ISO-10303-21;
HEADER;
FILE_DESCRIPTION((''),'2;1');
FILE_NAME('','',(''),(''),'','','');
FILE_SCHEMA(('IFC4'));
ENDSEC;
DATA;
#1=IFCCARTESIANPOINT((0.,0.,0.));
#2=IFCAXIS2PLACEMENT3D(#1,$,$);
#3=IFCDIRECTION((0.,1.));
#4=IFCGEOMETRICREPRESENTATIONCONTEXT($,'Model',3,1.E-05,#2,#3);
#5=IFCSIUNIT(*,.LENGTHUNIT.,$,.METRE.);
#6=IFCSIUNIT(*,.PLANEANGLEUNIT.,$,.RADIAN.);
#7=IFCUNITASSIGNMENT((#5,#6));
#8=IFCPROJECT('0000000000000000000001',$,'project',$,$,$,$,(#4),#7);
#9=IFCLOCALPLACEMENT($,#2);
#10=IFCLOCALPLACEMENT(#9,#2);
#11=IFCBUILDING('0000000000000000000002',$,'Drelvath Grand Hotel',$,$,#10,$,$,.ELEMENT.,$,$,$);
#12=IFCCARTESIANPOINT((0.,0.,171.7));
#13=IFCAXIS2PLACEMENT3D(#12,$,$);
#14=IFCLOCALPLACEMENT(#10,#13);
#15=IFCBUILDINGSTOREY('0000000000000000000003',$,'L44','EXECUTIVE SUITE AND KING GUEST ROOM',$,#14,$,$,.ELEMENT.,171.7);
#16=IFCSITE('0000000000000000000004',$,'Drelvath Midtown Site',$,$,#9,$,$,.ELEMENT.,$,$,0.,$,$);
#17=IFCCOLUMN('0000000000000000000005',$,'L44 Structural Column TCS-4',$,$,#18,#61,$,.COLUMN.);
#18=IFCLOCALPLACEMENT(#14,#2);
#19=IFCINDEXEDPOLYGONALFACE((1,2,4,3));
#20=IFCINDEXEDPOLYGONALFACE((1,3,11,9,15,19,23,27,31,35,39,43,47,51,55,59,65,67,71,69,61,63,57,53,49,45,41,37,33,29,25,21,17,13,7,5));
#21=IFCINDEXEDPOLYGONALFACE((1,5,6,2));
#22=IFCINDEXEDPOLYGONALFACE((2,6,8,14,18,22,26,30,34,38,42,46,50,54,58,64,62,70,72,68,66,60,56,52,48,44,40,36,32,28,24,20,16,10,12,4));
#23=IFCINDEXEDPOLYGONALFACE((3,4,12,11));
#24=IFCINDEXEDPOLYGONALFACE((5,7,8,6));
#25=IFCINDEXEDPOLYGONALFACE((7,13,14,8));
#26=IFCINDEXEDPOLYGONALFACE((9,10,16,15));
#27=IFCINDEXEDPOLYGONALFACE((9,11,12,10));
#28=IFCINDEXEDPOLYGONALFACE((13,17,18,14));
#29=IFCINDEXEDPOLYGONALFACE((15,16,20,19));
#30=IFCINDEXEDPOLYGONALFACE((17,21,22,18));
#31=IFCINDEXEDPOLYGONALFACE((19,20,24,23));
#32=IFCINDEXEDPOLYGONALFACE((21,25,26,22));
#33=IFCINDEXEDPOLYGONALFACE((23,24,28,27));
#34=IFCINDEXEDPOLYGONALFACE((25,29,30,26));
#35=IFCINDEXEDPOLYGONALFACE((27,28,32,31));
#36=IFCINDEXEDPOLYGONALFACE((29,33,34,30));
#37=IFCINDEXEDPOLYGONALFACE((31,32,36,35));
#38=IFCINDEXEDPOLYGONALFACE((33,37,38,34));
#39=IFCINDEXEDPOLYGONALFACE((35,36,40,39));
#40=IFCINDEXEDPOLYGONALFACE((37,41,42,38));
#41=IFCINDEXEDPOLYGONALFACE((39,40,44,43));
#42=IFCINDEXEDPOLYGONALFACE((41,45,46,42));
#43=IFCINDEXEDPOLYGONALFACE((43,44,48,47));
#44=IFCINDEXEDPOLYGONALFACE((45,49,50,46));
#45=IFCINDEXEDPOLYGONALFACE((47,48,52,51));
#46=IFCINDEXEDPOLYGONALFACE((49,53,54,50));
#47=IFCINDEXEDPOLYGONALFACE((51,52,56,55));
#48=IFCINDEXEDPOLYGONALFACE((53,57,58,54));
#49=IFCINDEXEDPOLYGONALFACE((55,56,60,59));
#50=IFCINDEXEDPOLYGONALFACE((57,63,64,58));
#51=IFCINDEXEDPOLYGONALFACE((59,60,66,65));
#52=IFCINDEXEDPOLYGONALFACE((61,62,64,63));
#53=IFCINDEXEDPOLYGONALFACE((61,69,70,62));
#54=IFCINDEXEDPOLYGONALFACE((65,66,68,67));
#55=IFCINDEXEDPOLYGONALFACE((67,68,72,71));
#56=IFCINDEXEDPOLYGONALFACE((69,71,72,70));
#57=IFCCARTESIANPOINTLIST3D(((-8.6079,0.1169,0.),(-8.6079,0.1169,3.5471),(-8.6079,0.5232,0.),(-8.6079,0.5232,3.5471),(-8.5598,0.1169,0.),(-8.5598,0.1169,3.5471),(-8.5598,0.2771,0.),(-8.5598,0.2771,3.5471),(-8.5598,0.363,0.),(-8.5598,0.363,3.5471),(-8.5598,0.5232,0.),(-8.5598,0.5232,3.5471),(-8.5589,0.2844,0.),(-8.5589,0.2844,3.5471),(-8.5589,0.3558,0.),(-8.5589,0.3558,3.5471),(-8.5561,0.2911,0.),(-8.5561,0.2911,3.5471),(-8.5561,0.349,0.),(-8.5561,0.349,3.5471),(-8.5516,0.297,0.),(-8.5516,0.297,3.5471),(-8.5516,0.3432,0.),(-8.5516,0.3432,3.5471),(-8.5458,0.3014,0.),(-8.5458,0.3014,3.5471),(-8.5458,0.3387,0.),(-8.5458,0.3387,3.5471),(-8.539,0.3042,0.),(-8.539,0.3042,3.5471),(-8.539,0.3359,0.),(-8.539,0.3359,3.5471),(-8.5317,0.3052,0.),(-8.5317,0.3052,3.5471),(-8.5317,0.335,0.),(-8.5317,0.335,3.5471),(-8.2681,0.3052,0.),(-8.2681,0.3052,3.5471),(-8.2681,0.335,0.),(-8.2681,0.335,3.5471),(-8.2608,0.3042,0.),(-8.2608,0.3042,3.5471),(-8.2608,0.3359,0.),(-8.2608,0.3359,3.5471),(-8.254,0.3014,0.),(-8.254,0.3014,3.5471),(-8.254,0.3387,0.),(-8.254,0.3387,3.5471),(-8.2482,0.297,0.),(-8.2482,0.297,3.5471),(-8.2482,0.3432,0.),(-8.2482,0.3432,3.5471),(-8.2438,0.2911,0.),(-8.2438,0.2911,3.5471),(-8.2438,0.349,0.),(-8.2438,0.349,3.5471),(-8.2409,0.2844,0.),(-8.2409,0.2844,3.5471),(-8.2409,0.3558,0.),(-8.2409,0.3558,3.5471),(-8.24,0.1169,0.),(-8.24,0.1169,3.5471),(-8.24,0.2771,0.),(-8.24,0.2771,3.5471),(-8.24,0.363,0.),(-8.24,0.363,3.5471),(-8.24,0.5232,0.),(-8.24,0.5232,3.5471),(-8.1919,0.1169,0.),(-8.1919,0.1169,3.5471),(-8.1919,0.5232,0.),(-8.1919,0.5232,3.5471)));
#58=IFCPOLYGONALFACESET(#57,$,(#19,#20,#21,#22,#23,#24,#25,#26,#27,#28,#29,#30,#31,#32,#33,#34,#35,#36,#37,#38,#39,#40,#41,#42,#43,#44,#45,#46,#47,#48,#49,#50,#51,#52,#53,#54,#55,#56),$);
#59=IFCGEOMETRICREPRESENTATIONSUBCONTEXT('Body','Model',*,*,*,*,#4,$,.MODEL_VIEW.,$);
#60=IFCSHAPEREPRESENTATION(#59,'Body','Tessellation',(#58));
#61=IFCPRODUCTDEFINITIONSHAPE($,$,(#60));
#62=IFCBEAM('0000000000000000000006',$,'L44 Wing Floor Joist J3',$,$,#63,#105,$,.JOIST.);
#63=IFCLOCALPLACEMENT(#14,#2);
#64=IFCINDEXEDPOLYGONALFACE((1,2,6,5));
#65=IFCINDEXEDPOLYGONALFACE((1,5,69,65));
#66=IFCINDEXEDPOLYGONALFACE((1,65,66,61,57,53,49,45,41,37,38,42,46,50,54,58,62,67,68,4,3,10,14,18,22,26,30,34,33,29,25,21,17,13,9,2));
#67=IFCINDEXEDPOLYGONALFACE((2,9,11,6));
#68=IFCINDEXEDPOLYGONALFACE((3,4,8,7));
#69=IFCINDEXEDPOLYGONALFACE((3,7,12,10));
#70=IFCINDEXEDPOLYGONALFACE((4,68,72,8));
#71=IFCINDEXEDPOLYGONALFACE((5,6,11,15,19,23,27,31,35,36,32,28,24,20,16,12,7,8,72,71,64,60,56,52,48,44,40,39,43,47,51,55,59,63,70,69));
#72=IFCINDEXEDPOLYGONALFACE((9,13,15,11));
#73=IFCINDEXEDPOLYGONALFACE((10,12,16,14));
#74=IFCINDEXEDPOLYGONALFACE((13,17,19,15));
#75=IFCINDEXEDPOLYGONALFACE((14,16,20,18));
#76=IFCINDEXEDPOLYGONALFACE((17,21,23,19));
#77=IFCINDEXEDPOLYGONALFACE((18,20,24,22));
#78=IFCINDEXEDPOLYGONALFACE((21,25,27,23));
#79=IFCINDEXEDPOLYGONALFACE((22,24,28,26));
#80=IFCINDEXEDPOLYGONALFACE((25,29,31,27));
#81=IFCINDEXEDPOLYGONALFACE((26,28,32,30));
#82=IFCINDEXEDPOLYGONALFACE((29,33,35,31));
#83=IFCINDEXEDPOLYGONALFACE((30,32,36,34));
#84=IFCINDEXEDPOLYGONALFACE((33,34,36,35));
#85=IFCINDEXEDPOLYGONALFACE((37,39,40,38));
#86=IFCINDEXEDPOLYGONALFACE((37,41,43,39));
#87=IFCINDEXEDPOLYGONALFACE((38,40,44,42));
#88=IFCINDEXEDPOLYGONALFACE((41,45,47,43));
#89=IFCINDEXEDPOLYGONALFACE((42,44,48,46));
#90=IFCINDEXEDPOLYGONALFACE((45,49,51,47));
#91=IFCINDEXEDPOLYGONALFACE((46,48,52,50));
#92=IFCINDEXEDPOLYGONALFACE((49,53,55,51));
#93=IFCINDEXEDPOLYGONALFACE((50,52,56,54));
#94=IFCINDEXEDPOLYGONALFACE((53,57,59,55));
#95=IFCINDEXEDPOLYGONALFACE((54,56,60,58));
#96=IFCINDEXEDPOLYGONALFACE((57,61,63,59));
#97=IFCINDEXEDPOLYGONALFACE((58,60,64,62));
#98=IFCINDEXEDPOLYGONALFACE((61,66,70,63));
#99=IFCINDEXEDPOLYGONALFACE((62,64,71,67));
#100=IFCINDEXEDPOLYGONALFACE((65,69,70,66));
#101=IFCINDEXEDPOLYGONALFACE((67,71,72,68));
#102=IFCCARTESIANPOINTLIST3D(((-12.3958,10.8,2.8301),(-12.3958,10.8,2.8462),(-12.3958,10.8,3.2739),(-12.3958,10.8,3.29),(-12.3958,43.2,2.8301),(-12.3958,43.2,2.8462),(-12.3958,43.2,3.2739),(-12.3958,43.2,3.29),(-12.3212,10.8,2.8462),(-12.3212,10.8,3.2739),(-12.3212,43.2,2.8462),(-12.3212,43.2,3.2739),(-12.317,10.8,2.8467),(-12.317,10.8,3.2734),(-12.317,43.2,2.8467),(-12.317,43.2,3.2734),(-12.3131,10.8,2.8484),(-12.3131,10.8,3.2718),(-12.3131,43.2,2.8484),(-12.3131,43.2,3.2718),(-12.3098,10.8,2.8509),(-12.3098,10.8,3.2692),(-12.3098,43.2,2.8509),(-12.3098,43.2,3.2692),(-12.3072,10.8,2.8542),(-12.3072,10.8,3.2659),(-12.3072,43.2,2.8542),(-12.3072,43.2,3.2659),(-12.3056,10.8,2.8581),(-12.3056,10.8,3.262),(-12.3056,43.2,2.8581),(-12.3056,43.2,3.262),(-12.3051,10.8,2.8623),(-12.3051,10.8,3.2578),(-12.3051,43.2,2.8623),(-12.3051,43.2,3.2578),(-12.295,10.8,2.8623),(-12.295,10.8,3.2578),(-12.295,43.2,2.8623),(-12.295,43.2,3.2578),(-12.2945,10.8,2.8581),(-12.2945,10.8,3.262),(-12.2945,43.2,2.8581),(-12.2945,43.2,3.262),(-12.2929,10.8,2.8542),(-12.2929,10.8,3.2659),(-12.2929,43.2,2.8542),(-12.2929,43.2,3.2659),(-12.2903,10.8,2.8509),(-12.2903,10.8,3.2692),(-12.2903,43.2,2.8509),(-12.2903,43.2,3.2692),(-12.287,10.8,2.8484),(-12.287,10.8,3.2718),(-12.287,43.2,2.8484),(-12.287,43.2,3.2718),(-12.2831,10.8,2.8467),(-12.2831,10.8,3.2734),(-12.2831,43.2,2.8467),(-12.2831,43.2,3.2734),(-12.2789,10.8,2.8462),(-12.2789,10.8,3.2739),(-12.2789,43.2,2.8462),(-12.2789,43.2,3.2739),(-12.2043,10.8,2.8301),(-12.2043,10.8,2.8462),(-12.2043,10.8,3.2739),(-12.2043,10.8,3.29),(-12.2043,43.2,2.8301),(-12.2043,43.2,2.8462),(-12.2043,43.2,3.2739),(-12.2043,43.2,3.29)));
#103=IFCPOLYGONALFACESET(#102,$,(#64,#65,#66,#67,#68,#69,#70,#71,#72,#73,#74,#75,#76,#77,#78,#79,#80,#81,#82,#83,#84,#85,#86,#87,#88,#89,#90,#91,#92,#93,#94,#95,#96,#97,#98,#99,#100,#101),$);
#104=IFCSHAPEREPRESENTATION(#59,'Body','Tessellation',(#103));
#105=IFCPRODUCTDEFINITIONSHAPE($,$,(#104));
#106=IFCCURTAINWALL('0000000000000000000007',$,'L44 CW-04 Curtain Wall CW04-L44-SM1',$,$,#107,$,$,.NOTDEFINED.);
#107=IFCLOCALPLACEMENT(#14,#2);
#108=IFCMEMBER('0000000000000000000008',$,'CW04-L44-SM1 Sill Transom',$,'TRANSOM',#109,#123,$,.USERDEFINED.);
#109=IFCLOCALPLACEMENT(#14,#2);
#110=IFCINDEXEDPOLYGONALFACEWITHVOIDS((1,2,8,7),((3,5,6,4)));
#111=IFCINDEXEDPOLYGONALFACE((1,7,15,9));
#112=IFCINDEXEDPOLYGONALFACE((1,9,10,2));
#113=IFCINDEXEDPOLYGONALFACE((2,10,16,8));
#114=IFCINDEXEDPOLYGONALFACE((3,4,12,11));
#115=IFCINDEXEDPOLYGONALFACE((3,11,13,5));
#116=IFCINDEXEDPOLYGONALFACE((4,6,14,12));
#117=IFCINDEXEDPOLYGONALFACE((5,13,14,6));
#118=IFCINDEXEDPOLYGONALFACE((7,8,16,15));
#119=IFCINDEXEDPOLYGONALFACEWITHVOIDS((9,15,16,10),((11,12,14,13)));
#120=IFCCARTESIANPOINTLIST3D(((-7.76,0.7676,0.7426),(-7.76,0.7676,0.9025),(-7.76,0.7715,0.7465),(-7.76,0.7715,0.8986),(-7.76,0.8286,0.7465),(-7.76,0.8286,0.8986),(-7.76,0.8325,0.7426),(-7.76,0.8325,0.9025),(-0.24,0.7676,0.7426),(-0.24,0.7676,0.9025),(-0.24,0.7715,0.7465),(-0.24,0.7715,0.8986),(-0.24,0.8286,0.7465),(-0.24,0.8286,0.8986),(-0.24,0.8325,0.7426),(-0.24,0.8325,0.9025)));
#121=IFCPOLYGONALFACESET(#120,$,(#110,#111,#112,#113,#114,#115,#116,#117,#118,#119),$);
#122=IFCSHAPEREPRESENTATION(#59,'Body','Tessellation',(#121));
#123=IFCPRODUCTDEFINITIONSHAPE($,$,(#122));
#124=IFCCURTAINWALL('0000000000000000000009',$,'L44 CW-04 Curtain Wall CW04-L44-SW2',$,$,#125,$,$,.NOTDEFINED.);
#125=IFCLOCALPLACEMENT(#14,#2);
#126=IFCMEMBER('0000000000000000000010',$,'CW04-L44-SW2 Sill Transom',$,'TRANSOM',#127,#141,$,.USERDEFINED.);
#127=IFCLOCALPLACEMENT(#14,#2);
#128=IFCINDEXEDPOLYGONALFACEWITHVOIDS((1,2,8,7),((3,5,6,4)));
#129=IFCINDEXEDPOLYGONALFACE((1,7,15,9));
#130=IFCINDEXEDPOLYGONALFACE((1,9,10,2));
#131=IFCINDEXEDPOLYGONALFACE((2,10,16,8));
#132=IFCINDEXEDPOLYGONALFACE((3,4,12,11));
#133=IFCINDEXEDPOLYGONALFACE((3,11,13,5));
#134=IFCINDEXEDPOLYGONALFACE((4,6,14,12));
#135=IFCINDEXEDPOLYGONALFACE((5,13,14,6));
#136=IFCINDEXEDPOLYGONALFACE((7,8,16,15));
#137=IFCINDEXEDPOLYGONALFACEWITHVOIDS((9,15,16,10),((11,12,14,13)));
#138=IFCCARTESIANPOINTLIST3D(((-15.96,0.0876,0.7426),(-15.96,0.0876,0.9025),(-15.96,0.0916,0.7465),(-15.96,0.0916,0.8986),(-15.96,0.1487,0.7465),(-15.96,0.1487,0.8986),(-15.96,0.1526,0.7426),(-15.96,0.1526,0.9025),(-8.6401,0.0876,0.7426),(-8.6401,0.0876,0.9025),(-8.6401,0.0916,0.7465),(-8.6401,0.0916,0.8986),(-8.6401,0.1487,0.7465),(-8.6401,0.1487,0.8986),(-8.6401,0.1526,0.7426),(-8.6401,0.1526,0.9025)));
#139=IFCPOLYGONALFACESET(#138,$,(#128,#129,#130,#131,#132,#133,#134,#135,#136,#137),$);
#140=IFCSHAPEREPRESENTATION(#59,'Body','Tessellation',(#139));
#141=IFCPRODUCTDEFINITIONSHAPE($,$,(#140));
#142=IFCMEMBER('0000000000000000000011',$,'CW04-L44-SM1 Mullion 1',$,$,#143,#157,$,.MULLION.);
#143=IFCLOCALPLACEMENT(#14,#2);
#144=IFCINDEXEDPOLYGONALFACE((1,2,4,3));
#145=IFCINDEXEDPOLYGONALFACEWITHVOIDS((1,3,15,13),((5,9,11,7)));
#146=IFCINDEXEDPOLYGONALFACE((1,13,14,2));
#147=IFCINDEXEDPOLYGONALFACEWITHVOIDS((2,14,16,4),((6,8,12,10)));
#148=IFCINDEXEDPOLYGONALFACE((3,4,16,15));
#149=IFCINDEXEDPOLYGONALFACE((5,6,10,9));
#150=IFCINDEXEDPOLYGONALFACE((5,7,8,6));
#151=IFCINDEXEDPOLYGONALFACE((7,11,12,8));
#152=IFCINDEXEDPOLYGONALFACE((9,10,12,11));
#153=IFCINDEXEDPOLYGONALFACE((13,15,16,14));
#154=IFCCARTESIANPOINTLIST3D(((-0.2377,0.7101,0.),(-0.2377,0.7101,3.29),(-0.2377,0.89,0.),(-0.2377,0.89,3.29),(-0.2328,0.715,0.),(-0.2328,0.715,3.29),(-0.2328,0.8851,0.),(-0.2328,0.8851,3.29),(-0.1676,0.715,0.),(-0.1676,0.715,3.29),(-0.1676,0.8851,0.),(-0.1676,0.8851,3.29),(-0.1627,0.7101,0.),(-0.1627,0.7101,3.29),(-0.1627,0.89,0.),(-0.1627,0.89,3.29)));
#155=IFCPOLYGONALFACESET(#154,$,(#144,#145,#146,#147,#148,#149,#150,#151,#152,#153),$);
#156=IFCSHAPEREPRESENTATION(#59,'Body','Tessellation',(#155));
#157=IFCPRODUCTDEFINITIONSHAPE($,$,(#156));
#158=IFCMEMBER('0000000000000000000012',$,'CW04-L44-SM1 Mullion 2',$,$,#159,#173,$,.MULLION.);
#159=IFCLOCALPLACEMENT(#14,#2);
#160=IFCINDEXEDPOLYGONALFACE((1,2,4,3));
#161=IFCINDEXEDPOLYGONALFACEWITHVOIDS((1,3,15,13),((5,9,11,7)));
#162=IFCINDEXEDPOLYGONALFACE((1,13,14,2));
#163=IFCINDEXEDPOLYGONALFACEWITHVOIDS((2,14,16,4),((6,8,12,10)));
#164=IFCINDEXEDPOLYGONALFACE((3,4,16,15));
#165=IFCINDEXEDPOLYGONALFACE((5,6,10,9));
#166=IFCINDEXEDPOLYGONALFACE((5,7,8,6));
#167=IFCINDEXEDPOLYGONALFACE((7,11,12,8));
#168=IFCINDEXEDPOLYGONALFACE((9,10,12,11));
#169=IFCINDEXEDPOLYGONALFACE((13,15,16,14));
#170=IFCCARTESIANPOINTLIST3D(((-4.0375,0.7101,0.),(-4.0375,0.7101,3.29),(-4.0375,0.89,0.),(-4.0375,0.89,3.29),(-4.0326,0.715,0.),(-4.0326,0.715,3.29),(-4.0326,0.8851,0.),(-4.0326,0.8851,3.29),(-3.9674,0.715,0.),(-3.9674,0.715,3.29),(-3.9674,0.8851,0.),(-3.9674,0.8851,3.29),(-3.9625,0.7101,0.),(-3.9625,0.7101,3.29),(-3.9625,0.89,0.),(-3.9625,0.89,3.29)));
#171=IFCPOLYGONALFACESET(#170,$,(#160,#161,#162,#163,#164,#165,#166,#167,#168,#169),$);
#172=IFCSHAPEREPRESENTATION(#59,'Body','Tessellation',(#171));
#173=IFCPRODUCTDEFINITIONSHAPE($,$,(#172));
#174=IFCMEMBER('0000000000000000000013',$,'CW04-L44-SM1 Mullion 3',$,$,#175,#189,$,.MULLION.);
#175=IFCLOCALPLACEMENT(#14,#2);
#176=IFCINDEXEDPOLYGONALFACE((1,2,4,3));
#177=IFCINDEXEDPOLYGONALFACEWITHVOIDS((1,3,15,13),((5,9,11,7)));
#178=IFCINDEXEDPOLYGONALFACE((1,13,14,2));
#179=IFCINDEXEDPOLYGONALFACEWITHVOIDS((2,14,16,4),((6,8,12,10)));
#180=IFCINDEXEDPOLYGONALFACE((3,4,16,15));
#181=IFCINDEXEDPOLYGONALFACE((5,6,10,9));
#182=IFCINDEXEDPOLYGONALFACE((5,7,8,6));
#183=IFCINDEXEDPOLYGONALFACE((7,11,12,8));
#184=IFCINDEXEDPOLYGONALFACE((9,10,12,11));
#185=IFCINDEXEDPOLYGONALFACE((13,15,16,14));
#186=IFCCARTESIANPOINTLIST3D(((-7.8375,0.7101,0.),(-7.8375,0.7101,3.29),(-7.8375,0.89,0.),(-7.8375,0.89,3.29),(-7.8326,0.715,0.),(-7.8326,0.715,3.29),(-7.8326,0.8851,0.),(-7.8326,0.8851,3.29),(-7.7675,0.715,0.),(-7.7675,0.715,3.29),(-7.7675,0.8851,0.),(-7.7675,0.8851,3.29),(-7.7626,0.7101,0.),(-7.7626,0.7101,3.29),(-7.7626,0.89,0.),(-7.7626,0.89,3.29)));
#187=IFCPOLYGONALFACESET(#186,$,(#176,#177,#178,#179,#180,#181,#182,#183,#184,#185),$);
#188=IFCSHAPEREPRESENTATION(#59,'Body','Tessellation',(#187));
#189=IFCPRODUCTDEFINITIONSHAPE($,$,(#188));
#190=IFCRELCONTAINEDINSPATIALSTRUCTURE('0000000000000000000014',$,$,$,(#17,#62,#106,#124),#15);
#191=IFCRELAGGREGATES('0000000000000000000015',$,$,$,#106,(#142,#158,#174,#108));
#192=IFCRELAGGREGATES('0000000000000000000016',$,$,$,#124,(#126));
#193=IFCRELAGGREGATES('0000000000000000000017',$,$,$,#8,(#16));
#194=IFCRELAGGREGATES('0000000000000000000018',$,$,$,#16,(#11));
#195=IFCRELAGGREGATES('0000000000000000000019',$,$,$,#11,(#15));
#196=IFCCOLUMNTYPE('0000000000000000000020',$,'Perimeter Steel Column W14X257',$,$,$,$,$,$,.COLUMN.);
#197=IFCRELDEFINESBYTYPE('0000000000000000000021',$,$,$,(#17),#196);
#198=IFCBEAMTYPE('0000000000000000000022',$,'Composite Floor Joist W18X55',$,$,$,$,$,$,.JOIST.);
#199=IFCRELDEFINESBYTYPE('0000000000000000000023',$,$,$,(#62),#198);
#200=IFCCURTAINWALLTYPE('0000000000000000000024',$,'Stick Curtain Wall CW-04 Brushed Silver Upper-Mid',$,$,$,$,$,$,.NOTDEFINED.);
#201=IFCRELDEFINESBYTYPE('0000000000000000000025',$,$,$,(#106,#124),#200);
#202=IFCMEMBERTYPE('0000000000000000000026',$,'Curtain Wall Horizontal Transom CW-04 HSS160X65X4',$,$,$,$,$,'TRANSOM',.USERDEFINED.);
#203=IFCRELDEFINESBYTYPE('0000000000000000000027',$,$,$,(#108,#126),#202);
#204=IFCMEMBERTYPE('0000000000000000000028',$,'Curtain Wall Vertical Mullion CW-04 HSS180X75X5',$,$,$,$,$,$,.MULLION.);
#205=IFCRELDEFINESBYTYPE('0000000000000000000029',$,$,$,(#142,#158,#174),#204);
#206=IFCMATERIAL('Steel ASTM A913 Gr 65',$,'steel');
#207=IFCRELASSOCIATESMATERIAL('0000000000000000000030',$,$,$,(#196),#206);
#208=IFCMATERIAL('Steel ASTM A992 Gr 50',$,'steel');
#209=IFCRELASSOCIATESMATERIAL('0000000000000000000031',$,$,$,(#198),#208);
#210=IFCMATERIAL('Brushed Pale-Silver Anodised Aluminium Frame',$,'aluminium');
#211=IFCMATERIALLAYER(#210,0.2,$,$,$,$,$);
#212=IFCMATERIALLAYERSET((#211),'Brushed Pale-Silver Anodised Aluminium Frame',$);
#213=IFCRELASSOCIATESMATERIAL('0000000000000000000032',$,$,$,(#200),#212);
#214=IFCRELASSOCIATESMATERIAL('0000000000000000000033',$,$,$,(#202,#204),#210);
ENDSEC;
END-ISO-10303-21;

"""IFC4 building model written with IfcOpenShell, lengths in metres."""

from ifc_helpers import new_model, si_unit, direction, frame, origin, origin_2d, place, context, subcontext, project, spatial, hollow_rectangle, i_section, extrude, material, layer, layer_set, material_profile, profile_set, type_object, element, aggregate, save


model = new_model("IFC4")

# Units and contexts
model_context = context("Model", 3, precision=1e-05, world=origin(), true_north=direction((0.0, 1.0)))
body_context = subcontext(model_context, "Body", "Model", "MODEL_VIEW")
ifc_project = project(units=[si_unit("LENGTHUNIT", "METRE"), si_unit("PLANEANGLEUNIT", "RADIAN")], contexts=[model_context])

# Site, building, storey
site_placement = place(None, origin())
site = spatial("IfcSite", under=ifc_project, at=site_placement, Name="Drelvath Midtown Site", CompositionType="ELEMENT", RefElevation=0.0)
building_placement = place(site_placement, origin())
building = spatial("IfcBuilding", under=site, at=building_placement, Name="Drelvath Grand Hotel", CompositionType="ELEMENT")
storey_placement = place(building_placement, frame((0.0, 0.0, 171.7)))
storey = spatial("IfcBuildingStorey", under=building, at=storey_placement, Name="L44", Description="EXECUTIVE SUITE AND KING GUEST ROOM", CompositionType="ELEMENT", Elevation=171.7)

# Column
ifc_material_1 = material(Name="Steel ASTM A913 Gr 65", Category="steel")
ifc_material_profile_1 = material_profile(ifc_material_1, i_section(OverallWidth=0.4062, OverallDepth=0.416, WebThickness=0.0298, FlangeThickness=0.0481, FilletRadius=0.0281, at=origin_2d()), Name="W14X257")
ifc_profile_set_1 = profile_set([ifc_material_profile_1], Name="Steel ASTM A913 Gr 65")
column_type = type_object("IfcColumnType", Name="Perimeter Steel Column W14X257", PredefinedType="COLUMN", material=ifc_profile_set_1)
column_placement = place(storey_placement, frame((-8.3999, 0.3201, 0.0), z_axis=(0.0, 0.0, 1.0), x_axis=(0.0, 1.0, 0.0)))
element("IfcColumn", 1, at=column_placement, inside=storey, type_object=column_type, Name="L44 Structural Column TCS-4", PredefinedType="COLUMN", context=body_context, shape_type="SweptSolid", body=[
    extrude(i_section(OverallWidth=0.4062, OverallDepth=0.416, WebThickness=0.0298, FlangeThickness=0.0481, FilletRadius=0.0281, at=origin_2d()), origin(), (0.0, 0.0, 1.0), 3.5471),
])

# Beam
ifc_material_2 = material(Name="Steel ASTM A992 Gr 50", Category="steel")
ifc_material_profile_2 = material_profile(ifc_material_2, i_section(OverallWidth=0.1914, OverallDepth=0.46, WebThickness=0.01, FlangeThickness=0.0161, FilletRadius=0.0161, at=origin_2d()), Name="W18X55")
ifc_profile_set_2 = profile_set([ifc_material_profile_2], Name="Steel ASTM A992 Gr 50")
beam_type_1 = type_object("IfcBeamType", Name="Composite Floor Joist W18X55", PredefinedType="JOIST", material=ifc_profile_set_2)
beam_1_placement = place(storey_placement, frame((-12.3, 10.8, 3.0601), z_axis=(0.0, 1.0, 0.0), x_axis=(-1.0, 0.0, 0.0)))
element("IfcBeam", 2, at=beam_1_placement, inside=storey, type_object=beam_type_1, Name="L44 Wing Floor Joist J3", PredefinedType="JOIST", context=body_context, shape_type="SweptSolid", body=[
    extrude(i_section(OverallWidth=0.1914, OverallDepth=0.46, WebThickness=0.01, FlangeThickness=0.0161, FilletRadius=0.0161, at=origin_2d()), origin(), (0.0, 0.0, 1.0), 32.3999),
])

# Curtain walls, members
ifc_material_3 = material(Name="Brushed Pale-Silver Anodised Aluminium Frame", Category="aluminium")
ifc_layer_1 = layer(ifc_material_3, 0.2)
ifc_layer_set_1 = layer_set([ifc_layer_1], Name="Brushed Pale-Silver Anodised Aluminium Frame")
curtain_wall_type = type_object("IfcCurtainWallType", Name="Stick Curtain Wall CW-04 Brushed Silver Upper-Mid", PredefinedType="NOTDEFINED", material=ifc_layer_set_1)
curtain_wall_1_placement = place(storey_placement, origin())
curtain_wall_1 = element("IfcCurtainWall", 3, at=curtain_wall_1_placement, inside=storey, type_object=curtain_wall_type, Name="L44 CW-04 Curtain Wall CW04-L44-SM1", PredefinedType="NOTDEFINED")
ifc_material_profile_3 = material_profile(ifc_material_3, hollow_rectangle(XDim=0.0649, YDim=0.1599, WallThickness=0.0039, at=origin_2d()), Name="HSS160X65X4")
ifc_profile_set_3 = profile_set([ifc_material_profile_3], Name="Brushed Pale-Silver Anodised Aluminium Frame")
member_type_1 = type_object("IfcMemberType", Name="Curtain Wall Horizontal Transom CW-04 HSS160X65X4", ElementType="TRANSOM", PredefinedType="USERDEFINED", material=ifc_profile_set_3)
member_1_placement = place(storey_placement, frame((-0.24, 0.8, 0.8225), z_axis=(-1.0, 0.0, 0.0), x_axis=(0.0, -1.0, 0.0)))
member_1 = element("IfcMember", 4, at=member_1_placement, type_object=member_type_1, Name="CW04-L44-SM1 Sill Transom", ObjectType="TRANSOM", PredefinedType="USERDEFINED", context=body_context, shape_type="SweptSolid", body=[
    extrude(hollow_rectangle(XDim=0.0649, YDim=0.1599, WallThickness=0.0039, at=origin_2d()), origin(), (0.0, 0.0, 1.0), 7.52),
])
curtain_wall_2_placement = place(storey_placement, origin())
curtain_wall_2 = element("IfcCurtainWall", 5, at=curtain_wall_2_placement, inside=storey, type_object=curtain_wall_type, Name="L44 CW-04 Curtain Wall CW04-L44-SW2", PredefinedType="NOTDEFINED")
member_2_placement = place(storey_placement, frame((-8.6401, 0.1201, 0.8225), z_axis=(-1.0, 0.0, 0.0), x_axis=(0.0, -1.0, 0.0)))
member_2 = element("IfcMember", 6, at=member_2_placement, type_object=member_type_1, Name="CW04-L44-SW2 Sill Transom", ObjectType="TRANSOM", PredefinedType="USERDEFINED", context=body_context, shape_type="SweptSolid", body=[
    extrude(hollow_rectangle(XDim=0.0649, YDim=0.1599, WallThickness=0.0039, at=origin_2d()), origin(), (0.0, 0.0, 1.0), 7.3198),
])

# Members
ifc_material_profile_4 = material_profile(ifc_material_3, hollow_rectangle(XDim=0.075, YDim=0.1799, WallThickness=0.0049, at=origin_2d()), Name="HSS180X75X5")
ifc_profile_set_4 = profile_set([ifc_material_profile_4], Name="Brushed Pale-Silver Anodised Aluminium Frame")
member_type_2 = type_object("IfcMemberType", Name="Curtain Wall Vertical Mullion CW-04 HSS180X75X5", PredefinedType="MULLION", material=ifc_profile_set_4)
member_3_placement = place(storey_placement, frame((-0.2002, 0.8, 0.0), z_axis=(0.0, 0.0, 1.0), x_axis=(1.0, 0.0, 0.0)))
member_3 = element("IfcMember", 7, at=member_3_placement, type_object=member_type_2, Name="CW04-L44-SM1 Mullion 1", PredefinedType="MULLION", context=body_context, shape_type="SweptSolid", body=[
    extrude(hollow_rectangle(XDim=0.075, YDim=0.1799, WallThickness=0.0049, at=origin_2d()), origin(), (0.0, 0.0, 1.0), 3.29),
])
member_4_placement = place(storey_placement, frame((-4.0, 0.8, 0.0), z_axis=(0.0, 0.0, 1.0), x_axis=(1.0, 0.0, 0.0)))
member_4 = element("IfcMember", 8, at=member_4_placement, type_object=member_type_2, Name="CW04-L44-SM1 Mullion 2", PredefinedType="MULLION", context=body_context, shape_type="SweptSolid", body=[
    extrude(hollow_rectangle(XDim=0.075, YDim=0.1799, WallThickness=0.0049, at=origin_2d()), origin(), (0.0, 0.0, 1.0), 3.29),
])
member_5_placement = place(storey_placement, frame((-7.8, 0.8, 0.0), z_axis=(0.0, 0.0, 1.0), x_axis=(1.0, 0.0, 0.0)))
member_5 = element("IfcMember", 9, at=member_5_placement, type_object=member_type_2, Name="CW04-L44-SM1 Mullion 3", PredefinedType="MULLION", context=body_context, shape_type="SweptSolid", body=[
    extrude(hollow_rectangle(XDim=0.075, YDim=0.1799, WallThickness=0.0049, at=origin_2d()), origin(), (0.0, 0.0, 1.0), 3.29),
])

aggregate(curtain_wall_1, [member_3, member_4, member_5, member_1])
aggregate(curtain_wall_2, [member_2])

save(model, "model.ifc")
